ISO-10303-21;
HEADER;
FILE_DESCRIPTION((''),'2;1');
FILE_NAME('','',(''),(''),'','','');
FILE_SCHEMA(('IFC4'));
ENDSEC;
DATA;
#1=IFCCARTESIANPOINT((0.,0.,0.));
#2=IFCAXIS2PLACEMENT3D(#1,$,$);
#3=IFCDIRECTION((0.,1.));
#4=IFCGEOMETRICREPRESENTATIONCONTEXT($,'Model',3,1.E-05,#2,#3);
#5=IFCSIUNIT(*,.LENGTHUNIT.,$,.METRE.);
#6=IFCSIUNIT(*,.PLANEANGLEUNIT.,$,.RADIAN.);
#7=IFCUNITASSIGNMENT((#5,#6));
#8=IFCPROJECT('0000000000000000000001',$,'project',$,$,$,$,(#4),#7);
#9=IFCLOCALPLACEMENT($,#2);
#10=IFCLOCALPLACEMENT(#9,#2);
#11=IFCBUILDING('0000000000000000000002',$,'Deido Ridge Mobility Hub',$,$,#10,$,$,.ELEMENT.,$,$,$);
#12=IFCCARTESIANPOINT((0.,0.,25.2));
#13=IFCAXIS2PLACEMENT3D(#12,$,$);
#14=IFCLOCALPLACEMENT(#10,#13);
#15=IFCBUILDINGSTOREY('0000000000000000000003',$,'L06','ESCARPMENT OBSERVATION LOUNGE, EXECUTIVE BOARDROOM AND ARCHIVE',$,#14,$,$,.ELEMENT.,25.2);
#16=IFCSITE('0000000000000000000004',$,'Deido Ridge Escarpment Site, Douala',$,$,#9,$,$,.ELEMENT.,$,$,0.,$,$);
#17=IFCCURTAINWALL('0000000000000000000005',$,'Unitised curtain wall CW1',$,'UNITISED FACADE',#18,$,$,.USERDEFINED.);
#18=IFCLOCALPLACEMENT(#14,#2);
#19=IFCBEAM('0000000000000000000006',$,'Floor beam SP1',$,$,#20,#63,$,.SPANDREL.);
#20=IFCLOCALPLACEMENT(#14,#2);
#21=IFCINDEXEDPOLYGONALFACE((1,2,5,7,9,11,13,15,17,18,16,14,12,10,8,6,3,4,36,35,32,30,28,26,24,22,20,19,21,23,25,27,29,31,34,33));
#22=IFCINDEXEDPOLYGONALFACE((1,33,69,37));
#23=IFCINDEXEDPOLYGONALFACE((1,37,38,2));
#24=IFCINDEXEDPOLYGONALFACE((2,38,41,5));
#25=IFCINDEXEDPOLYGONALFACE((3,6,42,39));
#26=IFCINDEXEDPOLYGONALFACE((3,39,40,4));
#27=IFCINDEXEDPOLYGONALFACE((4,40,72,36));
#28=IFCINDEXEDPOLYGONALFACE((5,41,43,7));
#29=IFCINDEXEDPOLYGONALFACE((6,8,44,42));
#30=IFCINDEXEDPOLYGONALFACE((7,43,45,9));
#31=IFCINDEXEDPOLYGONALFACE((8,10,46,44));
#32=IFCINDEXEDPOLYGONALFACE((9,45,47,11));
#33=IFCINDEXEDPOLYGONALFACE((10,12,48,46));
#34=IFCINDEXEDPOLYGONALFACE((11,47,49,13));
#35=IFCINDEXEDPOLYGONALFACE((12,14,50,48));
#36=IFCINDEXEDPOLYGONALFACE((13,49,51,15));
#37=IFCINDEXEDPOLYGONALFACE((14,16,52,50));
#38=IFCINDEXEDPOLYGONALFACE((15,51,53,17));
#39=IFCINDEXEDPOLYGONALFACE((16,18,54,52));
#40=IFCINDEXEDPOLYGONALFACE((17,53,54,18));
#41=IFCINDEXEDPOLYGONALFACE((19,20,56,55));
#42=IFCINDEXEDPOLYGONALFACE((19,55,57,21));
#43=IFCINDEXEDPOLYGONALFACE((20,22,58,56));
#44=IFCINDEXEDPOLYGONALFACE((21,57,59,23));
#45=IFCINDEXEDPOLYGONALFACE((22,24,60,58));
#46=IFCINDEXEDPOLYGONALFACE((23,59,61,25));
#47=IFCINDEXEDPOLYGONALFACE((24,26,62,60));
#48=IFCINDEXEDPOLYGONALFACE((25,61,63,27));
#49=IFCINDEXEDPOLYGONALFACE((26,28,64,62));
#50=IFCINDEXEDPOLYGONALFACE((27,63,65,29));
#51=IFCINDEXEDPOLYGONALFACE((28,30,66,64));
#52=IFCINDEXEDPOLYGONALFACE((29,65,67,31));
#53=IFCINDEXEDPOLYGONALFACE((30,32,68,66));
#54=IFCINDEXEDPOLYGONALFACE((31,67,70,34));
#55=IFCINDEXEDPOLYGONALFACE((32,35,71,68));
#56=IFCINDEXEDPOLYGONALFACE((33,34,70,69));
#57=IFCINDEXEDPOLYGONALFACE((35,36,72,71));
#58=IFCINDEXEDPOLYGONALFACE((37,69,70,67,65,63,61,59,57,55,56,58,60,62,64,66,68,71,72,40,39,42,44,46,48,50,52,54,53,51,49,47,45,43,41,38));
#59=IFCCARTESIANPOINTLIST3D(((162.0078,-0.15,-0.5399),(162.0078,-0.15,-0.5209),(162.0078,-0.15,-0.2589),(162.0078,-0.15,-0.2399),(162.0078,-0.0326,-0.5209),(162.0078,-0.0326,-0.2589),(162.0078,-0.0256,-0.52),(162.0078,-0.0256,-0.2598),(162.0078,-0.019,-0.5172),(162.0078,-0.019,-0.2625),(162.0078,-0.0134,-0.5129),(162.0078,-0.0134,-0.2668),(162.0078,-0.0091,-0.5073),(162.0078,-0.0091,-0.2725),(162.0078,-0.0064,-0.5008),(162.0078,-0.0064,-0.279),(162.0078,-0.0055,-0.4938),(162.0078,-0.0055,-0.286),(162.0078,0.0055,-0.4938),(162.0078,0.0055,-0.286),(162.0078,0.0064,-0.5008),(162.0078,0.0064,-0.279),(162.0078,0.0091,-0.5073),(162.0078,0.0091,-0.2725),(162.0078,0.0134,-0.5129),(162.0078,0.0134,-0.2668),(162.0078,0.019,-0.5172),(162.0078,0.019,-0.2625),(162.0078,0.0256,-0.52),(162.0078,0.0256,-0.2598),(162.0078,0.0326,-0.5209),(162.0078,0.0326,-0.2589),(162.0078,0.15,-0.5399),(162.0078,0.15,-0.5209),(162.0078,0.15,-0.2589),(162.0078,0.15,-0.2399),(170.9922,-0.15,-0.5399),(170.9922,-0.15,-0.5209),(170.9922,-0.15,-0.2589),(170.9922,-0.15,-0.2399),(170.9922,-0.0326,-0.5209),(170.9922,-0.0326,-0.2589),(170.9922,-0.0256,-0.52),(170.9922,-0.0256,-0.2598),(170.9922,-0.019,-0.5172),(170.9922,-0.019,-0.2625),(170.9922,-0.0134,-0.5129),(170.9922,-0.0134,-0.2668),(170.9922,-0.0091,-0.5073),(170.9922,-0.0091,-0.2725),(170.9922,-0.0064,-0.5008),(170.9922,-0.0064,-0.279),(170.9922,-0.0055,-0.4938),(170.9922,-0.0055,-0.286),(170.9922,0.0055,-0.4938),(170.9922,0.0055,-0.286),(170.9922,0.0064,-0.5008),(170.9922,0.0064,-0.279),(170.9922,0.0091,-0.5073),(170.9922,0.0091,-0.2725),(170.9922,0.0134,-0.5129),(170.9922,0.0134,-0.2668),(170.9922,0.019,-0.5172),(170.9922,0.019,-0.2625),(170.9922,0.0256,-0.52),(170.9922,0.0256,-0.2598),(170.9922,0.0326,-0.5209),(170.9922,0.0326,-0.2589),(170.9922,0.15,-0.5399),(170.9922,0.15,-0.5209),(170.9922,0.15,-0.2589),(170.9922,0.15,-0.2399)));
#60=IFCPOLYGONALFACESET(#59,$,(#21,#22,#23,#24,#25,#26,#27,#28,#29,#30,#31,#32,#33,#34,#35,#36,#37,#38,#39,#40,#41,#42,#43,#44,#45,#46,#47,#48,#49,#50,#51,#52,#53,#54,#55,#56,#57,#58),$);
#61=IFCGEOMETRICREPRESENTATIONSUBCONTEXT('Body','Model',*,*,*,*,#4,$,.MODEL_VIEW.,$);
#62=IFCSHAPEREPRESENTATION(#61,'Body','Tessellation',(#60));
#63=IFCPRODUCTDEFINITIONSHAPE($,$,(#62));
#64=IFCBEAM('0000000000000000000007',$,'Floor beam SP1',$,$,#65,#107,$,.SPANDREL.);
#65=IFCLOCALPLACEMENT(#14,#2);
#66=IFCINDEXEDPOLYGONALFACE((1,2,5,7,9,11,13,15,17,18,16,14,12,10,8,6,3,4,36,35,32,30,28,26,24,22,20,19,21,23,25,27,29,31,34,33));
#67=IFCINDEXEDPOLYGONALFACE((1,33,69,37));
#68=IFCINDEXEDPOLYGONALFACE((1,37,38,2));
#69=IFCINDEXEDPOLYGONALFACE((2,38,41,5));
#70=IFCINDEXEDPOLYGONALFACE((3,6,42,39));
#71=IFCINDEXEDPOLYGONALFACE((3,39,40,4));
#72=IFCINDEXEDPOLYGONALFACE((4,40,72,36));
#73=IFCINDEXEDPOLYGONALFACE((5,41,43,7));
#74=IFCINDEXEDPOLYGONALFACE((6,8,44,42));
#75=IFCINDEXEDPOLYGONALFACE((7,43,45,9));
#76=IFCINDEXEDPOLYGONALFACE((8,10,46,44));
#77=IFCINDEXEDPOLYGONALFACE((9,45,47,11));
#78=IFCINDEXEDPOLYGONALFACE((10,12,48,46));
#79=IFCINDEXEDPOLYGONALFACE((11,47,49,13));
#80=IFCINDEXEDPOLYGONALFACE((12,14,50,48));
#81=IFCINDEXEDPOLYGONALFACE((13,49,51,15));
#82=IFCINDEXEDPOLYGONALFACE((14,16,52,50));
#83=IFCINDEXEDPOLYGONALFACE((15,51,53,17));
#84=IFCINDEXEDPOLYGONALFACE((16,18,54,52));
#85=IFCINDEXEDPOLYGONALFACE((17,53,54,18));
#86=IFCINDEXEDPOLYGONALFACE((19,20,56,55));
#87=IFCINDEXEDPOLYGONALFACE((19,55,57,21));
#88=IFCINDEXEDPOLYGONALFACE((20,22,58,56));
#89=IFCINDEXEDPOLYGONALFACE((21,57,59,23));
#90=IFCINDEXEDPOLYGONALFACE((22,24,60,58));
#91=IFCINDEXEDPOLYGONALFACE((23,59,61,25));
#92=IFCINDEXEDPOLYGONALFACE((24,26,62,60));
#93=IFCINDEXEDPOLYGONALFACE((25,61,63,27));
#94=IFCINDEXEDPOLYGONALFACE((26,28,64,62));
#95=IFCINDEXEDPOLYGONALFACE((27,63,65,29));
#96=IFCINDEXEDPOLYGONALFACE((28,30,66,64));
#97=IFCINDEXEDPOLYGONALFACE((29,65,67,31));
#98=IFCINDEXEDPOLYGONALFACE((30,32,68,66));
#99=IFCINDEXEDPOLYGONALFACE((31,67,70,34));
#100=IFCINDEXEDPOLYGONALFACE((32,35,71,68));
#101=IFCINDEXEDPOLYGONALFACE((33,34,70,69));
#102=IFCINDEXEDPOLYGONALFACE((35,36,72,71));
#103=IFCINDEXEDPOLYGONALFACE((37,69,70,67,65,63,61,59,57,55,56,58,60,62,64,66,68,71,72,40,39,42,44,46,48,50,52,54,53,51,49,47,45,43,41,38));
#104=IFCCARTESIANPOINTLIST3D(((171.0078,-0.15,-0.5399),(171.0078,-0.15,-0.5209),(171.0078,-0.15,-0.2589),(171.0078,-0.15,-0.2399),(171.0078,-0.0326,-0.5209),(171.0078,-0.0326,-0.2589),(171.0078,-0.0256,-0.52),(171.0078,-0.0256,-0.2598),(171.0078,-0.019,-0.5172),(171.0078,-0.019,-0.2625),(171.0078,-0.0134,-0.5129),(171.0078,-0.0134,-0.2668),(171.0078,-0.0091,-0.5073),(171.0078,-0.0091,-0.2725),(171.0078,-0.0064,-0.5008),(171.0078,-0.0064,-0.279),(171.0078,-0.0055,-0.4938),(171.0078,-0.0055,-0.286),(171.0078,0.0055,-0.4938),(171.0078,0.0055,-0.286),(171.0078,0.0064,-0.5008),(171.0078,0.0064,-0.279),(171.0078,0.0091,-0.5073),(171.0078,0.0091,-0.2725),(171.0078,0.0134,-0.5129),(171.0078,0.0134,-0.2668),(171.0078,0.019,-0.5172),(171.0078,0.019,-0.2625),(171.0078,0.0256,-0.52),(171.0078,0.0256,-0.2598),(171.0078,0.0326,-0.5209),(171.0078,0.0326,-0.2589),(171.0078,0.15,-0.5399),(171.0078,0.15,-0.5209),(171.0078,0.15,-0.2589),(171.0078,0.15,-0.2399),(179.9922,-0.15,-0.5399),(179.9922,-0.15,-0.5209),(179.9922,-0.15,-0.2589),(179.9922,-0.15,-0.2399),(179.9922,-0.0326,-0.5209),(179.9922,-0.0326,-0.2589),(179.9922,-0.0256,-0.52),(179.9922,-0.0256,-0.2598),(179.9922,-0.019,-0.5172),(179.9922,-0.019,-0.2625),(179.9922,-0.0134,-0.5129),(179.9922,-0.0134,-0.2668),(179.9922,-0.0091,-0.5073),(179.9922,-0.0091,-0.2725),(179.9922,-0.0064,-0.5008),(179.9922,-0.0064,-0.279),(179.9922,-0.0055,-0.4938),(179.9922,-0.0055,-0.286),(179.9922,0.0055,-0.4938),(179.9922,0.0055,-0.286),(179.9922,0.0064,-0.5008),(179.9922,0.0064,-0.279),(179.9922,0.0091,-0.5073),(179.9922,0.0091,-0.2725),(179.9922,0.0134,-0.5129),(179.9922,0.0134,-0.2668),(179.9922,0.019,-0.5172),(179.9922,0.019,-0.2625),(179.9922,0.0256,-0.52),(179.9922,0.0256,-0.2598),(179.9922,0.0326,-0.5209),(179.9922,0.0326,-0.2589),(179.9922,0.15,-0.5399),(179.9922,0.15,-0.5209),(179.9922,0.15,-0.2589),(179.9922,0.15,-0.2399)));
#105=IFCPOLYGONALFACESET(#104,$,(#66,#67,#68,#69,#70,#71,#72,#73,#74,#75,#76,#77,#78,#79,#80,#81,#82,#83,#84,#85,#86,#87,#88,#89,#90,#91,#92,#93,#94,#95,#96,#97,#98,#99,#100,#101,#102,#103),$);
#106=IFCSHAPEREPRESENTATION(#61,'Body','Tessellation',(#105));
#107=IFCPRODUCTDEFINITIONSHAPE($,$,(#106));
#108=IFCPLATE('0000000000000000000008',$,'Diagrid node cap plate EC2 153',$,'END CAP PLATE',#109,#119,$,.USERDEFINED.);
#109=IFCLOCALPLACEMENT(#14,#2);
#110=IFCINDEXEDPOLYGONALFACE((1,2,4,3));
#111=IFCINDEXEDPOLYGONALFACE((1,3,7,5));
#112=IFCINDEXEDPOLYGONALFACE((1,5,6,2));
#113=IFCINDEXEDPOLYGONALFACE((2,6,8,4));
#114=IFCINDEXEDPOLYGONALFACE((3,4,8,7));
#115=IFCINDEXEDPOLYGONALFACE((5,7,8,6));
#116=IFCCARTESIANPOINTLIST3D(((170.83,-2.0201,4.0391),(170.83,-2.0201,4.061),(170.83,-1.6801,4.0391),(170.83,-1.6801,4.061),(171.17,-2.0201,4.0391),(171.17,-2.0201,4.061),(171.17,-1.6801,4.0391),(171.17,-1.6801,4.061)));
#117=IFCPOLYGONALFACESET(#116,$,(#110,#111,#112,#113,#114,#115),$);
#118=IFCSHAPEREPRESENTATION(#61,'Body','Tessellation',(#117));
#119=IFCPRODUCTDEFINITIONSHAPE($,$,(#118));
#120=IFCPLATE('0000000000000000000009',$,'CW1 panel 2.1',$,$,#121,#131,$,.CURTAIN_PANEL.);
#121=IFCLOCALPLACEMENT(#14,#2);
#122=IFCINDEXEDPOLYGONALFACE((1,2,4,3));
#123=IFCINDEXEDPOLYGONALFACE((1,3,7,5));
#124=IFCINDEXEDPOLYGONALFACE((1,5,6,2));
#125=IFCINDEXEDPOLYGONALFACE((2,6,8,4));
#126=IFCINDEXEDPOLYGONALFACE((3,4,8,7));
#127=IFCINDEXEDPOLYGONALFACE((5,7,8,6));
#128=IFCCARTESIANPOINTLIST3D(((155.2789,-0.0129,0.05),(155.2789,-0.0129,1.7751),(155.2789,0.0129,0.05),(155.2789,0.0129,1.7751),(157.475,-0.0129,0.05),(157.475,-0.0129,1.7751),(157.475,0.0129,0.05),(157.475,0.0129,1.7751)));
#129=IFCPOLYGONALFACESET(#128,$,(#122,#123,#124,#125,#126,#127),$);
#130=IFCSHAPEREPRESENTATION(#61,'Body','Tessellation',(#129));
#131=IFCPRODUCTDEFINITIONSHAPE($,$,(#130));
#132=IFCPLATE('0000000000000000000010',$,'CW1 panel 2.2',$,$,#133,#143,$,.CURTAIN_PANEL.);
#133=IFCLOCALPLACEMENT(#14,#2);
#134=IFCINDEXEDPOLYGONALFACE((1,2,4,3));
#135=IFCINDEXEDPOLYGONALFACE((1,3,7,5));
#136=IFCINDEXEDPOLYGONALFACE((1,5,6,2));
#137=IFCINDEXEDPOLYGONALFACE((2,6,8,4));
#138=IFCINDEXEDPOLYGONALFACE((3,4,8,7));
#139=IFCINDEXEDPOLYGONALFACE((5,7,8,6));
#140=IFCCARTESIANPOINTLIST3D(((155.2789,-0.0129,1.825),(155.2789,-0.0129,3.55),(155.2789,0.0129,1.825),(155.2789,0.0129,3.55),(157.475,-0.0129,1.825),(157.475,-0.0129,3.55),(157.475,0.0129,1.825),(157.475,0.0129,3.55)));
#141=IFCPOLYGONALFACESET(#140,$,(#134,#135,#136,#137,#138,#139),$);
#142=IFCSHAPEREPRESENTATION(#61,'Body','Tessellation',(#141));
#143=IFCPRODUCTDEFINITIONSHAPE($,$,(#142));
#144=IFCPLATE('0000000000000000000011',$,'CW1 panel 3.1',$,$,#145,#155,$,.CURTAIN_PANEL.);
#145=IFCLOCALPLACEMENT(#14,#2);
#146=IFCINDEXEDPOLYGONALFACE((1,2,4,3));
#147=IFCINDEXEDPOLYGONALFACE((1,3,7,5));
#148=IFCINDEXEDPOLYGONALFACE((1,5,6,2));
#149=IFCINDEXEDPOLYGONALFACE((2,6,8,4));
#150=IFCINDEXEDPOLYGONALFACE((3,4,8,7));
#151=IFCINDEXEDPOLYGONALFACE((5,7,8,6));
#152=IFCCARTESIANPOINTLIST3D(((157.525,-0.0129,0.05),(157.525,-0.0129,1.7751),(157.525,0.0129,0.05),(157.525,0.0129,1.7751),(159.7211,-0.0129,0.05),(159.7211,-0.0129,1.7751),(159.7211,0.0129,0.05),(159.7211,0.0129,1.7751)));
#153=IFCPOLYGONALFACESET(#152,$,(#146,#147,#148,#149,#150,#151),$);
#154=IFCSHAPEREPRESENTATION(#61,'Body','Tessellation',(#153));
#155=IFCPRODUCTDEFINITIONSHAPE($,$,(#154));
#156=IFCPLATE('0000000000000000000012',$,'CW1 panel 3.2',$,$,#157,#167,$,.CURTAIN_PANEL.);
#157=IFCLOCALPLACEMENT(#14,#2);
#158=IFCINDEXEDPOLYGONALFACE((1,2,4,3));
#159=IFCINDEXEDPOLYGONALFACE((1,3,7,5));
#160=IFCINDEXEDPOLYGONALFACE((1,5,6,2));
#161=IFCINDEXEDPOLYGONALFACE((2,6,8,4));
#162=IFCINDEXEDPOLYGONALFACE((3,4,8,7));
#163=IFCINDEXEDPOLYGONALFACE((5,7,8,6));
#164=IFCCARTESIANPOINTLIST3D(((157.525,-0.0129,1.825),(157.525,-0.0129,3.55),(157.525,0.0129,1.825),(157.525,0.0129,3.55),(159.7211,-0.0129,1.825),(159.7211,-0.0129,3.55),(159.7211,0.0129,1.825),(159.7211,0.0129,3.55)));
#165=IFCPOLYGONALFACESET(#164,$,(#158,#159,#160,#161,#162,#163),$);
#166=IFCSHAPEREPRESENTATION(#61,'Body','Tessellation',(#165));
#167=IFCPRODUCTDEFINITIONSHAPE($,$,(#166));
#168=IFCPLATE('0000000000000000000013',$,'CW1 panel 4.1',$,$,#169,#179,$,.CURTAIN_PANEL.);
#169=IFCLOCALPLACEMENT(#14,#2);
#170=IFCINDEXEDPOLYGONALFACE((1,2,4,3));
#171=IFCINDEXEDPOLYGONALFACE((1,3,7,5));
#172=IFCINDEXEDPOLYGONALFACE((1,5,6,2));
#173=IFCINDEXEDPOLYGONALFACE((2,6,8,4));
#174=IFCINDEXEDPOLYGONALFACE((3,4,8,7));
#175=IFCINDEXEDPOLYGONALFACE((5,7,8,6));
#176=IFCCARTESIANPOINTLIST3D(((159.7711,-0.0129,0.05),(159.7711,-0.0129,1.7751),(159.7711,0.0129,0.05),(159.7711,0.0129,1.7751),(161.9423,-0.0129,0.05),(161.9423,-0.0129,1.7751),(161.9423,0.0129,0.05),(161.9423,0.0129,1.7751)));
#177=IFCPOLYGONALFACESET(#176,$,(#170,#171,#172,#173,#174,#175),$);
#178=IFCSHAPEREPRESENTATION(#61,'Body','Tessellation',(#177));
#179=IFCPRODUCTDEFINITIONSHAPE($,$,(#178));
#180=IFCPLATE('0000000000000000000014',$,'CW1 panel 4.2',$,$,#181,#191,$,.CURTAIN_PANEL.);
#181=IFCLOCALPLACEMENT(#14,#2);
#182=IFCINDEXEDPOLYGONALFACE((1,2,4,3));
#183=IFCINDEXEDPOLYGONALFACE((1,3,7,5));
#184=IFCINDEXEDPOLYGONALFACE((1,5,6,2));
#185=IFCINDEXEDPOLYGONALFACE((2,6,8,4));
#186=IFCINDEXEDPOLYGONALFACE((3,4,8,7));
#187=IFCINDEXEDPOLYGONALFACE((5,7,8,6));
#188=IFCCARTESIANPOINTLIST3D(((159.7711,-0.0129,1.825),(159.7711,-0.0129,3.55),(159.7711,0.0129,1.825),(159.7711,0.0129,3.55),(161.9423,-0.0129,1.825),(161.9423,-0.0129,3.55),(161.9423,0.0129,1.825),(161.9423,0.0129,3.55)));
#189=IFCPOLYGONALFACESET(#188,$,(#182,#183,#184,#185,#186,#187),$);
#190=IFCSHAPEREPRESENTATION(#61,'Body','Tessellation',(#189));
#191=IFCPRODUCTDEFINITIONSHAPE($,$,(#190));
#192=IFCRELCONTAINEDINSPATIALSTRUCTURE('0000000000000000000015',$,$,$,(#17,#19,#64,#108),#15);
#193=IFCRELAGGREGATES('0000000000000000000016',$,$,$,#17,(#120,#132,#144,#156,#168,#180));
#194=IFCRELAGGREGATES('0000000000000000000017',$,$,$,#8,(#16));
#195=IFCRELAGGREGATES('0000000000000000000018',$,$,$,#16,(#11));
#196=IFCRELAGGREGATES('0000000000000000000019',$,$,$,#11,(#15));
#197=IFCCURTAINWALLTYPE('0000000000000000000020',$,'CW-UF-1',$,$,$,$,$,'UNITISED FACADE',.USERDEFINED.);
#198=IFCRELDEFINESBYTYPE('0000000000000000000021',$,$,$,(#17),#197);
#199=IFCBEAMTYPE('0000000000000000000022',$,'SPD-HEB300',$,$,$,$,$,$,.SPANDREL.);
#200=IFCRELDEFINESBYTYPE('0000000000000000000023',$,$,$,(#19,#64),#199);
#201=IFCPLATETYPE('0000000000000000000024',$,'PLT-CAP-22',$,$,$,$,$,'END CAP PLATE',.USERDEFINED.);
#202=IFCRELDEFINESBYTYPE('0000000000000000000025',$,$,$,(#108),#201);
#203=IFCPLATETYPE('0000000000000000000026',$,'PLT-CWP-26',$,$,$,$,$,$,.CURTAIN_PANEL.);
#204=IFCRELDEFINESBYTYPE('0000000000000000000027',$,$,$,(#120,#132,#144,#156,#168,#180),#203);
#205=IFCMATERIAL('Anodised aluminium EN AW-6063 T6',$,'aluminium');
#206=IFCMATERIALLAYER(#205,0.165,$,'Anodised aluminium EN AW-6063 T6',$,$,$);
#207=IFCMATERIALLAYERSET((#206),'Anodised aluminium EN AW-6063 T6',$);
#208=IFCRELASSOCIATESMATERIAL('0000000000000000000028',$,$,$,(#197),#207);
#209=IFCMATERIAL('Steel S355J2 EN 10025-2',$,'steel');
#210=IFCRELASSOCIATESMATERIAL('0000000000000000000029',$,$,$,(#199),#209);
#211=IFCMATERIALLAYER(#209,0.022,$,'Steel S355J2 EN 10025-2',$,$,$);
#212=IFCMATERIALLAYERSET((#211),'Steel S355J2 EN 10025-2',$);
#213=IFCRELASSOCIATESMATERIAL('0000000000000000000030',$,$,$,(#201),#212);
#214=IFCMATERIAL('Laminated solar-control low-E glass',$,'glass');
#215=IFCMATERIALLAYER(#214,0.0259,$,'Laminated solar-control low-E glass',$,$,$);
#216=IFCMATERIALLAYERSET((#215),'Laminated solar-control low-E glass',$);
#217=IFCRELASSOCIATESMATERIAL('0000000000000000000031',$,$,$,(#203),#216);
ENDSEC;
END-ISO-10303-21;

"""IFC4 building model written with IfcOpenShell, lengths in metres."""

from ifc_helpers import new_model, si_unit, direction, frame, origin, origin_2d, place, context, subcontext, project, spatial, rectangle, i_section, extrude, material, layer, layer_set, material_profile, profile_set, type_object, element, aggregate, save


model = new_model("IFC4")

# Units and contexts
model_context = context("Model", 3, precision=1e-05, world=origin(), true_north=direction((0.0, 1.0)))
body_context = subcontext(model_context, "Body", "Model", "MODEL_VIEW")
ifc_project = project(units=[si_unit("LENGTHUNIT", "METRE"), si_unit("PLANEANGLEUNIT", "RADIAN")], contexts=[model_context])

# Site, building, storey
site_placement = place(None, origin())
site = spatial("IfcSite", under=ifc_project, at=site_placement, Name="Deido Ridge Escarpment Site, Douala", CompositionType="ELEMENT", RefElevation=0.0)
building_placement = place(site_placement, origin())
building = spatial("IfcBuilding", under=site, at=building_placement, Name="Deido Ridge Mobility Hub", CompositionType="ELEMENT")
storey_placement = place(building_placement, frame((0.0, 0.0, 25.2)))
storey = spatial("IfcBuildingStorey", under=building, at=storey_placement, Name="L06", Description="ESCARPMENT OBSERVATION LOUNGE, EXECUTIVE BOARDROOM AND ARCHIVE", CompositionType="ELEMENT", Elevation=25.2)

# Shared definitions
ifc_material_1 = material(Name="Steel S355J2 EN 10025-2", Category="steel")

# Curtain wall
ifc_material_2 = material(Name="Anodised aluminium EN AW-6063 T6", Category="aluminium")
ifc_layer_1 = layer(ifc_material_2, 0.165, Name="Anodised aluminium EN AW-6063 T6")
ifc_layer_set_1 = layer_set([ifc_layer_1], Name="Anodised aluminium EN AW-6063 T6")
curtain_wall_type_1 = type_object("IfcCurtainWallType", Name="CW-UF-1", ElementType="UNITISED FACADE", PredefinedType="USERDEFINED", material=ifc_layer_set_1)
curtain_wall_1_placement = place(storey_placement, origin())
curtain_wall_1 = element("IfcCurtainWall", 1, at=curtain_wall_1_placement, inside=storey, type_object=curtain_wall_type_1, Name="Unitised curtain wall CW1", ObjectType="UNITISED FACADE", PredefinedType="USERDEFINED")

# Beams
ifc_material_profile_1 = material_profile(ifc_material_1, i_section(OverallWidth=0.3, OverallDepth=0.3, WebThickness=0.011, FlangeThickness=0.019, FilletRadius=0.0271, at=origin_2d()), Name="HEB 300")
ifc_profile_set_1 = profile_set([ifc_material_profile_1], Name="Steel S355J2 EN 10025-2")
beam_type = type_object("IfcBeamType", Name="SPD-HEB300", PredefinedType="SPANDREL", material=ifc_profile_set_1)
for number, where, z_axis, x_axis, name in (
    (2, (162.0078, 0.0, -0.3899), (1.0, 0.0, 0.0), (0.0, 1.0, 0.0), "Floor beam SP1"),
    (3, (171.0078, 0.0, -0.3899), (1.0, 0.0, 0.0), (0.0, 1.0, 0.0), "Floor beam SP1"),
):
    element("IfcBeam", number, at=place(storey_placement, frame(where, z_axis=z_axis, x_axis=x_axis)), inside=storey, type_object=beam_type, Name=name, PredefinedType="SPANDREL", context=body_context, shape_type="SweptSolid", body=[
        extrude(i_section(OverallWidth=0.3, OverallDepth=0.3, WebThickness=0.011, FlangeThickness=0.019, FilletRadius=0.0271, at=origin_2d()), origin(), (0.0, 0.0, 1.0), 8.9844),
    ])

# Plates
ifc_layer_2 = layer(ifc_material_1, 0.022, Name="Steel S355J2 EN 10025-2")
ifc_layer_set_2 = layer_set([ifc_layer_2], Name="Steel S355J2 EN 10025-2")
plate_type_1 = type_object("IfcPlateType", Name="PLT-CAP-22", ElementType="END CAP PLATE", PredefinedType="USERDEFINED", material=ifc_layer_set_2)
plate_1_placement = place(storey_placement, frame((171.0, -1.8501, 4.0391), z_axis=(0.0, 0.0, 1.0), x_axis=(1.0, 0.0, 0.0)))
element("IfcPlate", 4, at=plate_1_placement, inside=storey, type_object=plate_type_1, Name="Diagrid node cap plate EC2 153", ObjectType="END CAP PLATE", PredefinedType="USERDEFINED", context=body_context, shape_type="SweptSolid", body=[
    extrude(rectangle(XDim=0.3401, YDim=0.3401, at=origin_2d()), origin(), (0.0, 0.0, 1.0), 0.022),
])
ifc_material_3 = material(Name="Laminated solar-control low-E glass", Category="glass")
ifc_layer_3 = layer(ifc_material_3, 0.0259, Name="Laminated solar-control low-E glass")
ifc_layer_set_3 = layer_set([ifc_layer_3], Name="Laminated solar-control low-E glass")
plate_type_2 = type_object("IfcPlateType", Name="PLT-CWP-26", PredefinedType="CURTAIN_PANEL", material=ifc_layer_set_3)
plate_2_placement = place(storey_placement, frame((156.377, 0.0, 0.05), z_axis=(0.0, 0.0, 1.0), x_axis=(1.0, 0.0, 0.0)))
plate_2 = element("IfcPlate", 5, at=plate_2_placement, type_object=plate_type_2, Name="CW1 panel 2.1", PredefinedType="CURTAIN_PANEL", context=body_context, shape_type="SweptSolid", body=[
    extrude(rectangle(XDim=2.196, YDim=0.0259, at=origin_2d()), origin(), (0.0, 0.0, 1.0), 1.7251),
])
plate_3_placement = place(storey_placement, frame((156.377, 0.0, 1.825), z_axis=(0.0, 0.0, 1.0), x_axis=(1.0, 0.0, 0.0)))
plate_3 = element("IfcPlate", 6, at=plate_3_placement, type_object=plate_type_2, Name="CW1 panel 2.2", PredefinedType="CURTAIN_PANEL", context=body_context, shape_type="SweptSolid", body=[
    extrude(rectangle(XDim=2.196, YDim=0.0259, at=origin_2d()), origin(), (0.0, 0.0, 1.0), 1.7251),
])
plate_4_placement = place(storey_placement, frame((158.623, 0.0, 0.05), z_axis=(0.0, 0.0, 1.0), x_axis=(1.0, 0.0, 0.0)))
plate_4 = element("IfcPlate", 7, at=plate_4_placement, type_object=plate_type_2, Name="CW1 panel 3.1", PredefinedType="CURTAIN_PANEL", context=body_context, shape_type="SweptSolid", body=[
    extrude(rectangle(XDim=2.196, YDim=0.0259, at=origin_2d()), origin(), (0.0, 0.0, 1.0), 1.7251),
])
plate_5_placement = place(storey_placement, frame((158.623, 0.0, 1.825), z_axis=(0.0, 0.0, 1.0), x_axis=(1.0, 0.0, 0.0)))
plate_5 = element("IfcPlate", 8, at=plate_5_placement, type_object=plate_type_2, Name="CW1 panel 3.2", PredefinedType="CURTAIN_PANEL", context=body_context, shape_type="SweptSolid", body=[
    extrude(rectangle(XDim=2.196, YDim=0.0259, at=origin_2d()), origin(), (0.0, 0.0, 1.0), 1.7251),
])
plate_6_placement = place(storey_placement, frame((160.8567, 0.0, 0.05), z_axis=(0.0, 0.0, 1.0), x_axis=(1.0, 0.0, 0.0)))
plate_6 = element("IfcPlate", 9, at=plate_6_placement, type_object=plate_type_2, Name="CW1 panel 4.1", PredefinedType="CURTAIN_PANEL", context=body_context, shape_type="SweptSolid", body=[
    extrude(rectangle(XDim=2.1711, YDim=0.0259, at=origin_2d()), origin(), (0.0, 0.0, 1.0), 1.7251),
])
plate_7_placement = place(storey_placement, frame((160.8567, 0.0, 1.825), z_axis=(0.0, 0.0, 1.0), x_axis=(1.0, 0.0, 0.0)))
plate_7 = element("IfcPlate", 10, at=plate_7_placement, type_object=plate_type_2, Name="CW1 panel 4.2", PredefinedType="CURTAIN_PANEL", context=body_context, shape_type="SweptSolid", body=[
    extrude(rectangle(XDim=2.1711, YDim=0.0259, at=origin_2d()), origin(), (0.0, 0.0, 1.0), 1.7251),
])
aggregate(curtain_wall_1, [plate_2, plate_3, plate_4, plate_5, plate_6, plate_7])

save(model, "model.ifc")
